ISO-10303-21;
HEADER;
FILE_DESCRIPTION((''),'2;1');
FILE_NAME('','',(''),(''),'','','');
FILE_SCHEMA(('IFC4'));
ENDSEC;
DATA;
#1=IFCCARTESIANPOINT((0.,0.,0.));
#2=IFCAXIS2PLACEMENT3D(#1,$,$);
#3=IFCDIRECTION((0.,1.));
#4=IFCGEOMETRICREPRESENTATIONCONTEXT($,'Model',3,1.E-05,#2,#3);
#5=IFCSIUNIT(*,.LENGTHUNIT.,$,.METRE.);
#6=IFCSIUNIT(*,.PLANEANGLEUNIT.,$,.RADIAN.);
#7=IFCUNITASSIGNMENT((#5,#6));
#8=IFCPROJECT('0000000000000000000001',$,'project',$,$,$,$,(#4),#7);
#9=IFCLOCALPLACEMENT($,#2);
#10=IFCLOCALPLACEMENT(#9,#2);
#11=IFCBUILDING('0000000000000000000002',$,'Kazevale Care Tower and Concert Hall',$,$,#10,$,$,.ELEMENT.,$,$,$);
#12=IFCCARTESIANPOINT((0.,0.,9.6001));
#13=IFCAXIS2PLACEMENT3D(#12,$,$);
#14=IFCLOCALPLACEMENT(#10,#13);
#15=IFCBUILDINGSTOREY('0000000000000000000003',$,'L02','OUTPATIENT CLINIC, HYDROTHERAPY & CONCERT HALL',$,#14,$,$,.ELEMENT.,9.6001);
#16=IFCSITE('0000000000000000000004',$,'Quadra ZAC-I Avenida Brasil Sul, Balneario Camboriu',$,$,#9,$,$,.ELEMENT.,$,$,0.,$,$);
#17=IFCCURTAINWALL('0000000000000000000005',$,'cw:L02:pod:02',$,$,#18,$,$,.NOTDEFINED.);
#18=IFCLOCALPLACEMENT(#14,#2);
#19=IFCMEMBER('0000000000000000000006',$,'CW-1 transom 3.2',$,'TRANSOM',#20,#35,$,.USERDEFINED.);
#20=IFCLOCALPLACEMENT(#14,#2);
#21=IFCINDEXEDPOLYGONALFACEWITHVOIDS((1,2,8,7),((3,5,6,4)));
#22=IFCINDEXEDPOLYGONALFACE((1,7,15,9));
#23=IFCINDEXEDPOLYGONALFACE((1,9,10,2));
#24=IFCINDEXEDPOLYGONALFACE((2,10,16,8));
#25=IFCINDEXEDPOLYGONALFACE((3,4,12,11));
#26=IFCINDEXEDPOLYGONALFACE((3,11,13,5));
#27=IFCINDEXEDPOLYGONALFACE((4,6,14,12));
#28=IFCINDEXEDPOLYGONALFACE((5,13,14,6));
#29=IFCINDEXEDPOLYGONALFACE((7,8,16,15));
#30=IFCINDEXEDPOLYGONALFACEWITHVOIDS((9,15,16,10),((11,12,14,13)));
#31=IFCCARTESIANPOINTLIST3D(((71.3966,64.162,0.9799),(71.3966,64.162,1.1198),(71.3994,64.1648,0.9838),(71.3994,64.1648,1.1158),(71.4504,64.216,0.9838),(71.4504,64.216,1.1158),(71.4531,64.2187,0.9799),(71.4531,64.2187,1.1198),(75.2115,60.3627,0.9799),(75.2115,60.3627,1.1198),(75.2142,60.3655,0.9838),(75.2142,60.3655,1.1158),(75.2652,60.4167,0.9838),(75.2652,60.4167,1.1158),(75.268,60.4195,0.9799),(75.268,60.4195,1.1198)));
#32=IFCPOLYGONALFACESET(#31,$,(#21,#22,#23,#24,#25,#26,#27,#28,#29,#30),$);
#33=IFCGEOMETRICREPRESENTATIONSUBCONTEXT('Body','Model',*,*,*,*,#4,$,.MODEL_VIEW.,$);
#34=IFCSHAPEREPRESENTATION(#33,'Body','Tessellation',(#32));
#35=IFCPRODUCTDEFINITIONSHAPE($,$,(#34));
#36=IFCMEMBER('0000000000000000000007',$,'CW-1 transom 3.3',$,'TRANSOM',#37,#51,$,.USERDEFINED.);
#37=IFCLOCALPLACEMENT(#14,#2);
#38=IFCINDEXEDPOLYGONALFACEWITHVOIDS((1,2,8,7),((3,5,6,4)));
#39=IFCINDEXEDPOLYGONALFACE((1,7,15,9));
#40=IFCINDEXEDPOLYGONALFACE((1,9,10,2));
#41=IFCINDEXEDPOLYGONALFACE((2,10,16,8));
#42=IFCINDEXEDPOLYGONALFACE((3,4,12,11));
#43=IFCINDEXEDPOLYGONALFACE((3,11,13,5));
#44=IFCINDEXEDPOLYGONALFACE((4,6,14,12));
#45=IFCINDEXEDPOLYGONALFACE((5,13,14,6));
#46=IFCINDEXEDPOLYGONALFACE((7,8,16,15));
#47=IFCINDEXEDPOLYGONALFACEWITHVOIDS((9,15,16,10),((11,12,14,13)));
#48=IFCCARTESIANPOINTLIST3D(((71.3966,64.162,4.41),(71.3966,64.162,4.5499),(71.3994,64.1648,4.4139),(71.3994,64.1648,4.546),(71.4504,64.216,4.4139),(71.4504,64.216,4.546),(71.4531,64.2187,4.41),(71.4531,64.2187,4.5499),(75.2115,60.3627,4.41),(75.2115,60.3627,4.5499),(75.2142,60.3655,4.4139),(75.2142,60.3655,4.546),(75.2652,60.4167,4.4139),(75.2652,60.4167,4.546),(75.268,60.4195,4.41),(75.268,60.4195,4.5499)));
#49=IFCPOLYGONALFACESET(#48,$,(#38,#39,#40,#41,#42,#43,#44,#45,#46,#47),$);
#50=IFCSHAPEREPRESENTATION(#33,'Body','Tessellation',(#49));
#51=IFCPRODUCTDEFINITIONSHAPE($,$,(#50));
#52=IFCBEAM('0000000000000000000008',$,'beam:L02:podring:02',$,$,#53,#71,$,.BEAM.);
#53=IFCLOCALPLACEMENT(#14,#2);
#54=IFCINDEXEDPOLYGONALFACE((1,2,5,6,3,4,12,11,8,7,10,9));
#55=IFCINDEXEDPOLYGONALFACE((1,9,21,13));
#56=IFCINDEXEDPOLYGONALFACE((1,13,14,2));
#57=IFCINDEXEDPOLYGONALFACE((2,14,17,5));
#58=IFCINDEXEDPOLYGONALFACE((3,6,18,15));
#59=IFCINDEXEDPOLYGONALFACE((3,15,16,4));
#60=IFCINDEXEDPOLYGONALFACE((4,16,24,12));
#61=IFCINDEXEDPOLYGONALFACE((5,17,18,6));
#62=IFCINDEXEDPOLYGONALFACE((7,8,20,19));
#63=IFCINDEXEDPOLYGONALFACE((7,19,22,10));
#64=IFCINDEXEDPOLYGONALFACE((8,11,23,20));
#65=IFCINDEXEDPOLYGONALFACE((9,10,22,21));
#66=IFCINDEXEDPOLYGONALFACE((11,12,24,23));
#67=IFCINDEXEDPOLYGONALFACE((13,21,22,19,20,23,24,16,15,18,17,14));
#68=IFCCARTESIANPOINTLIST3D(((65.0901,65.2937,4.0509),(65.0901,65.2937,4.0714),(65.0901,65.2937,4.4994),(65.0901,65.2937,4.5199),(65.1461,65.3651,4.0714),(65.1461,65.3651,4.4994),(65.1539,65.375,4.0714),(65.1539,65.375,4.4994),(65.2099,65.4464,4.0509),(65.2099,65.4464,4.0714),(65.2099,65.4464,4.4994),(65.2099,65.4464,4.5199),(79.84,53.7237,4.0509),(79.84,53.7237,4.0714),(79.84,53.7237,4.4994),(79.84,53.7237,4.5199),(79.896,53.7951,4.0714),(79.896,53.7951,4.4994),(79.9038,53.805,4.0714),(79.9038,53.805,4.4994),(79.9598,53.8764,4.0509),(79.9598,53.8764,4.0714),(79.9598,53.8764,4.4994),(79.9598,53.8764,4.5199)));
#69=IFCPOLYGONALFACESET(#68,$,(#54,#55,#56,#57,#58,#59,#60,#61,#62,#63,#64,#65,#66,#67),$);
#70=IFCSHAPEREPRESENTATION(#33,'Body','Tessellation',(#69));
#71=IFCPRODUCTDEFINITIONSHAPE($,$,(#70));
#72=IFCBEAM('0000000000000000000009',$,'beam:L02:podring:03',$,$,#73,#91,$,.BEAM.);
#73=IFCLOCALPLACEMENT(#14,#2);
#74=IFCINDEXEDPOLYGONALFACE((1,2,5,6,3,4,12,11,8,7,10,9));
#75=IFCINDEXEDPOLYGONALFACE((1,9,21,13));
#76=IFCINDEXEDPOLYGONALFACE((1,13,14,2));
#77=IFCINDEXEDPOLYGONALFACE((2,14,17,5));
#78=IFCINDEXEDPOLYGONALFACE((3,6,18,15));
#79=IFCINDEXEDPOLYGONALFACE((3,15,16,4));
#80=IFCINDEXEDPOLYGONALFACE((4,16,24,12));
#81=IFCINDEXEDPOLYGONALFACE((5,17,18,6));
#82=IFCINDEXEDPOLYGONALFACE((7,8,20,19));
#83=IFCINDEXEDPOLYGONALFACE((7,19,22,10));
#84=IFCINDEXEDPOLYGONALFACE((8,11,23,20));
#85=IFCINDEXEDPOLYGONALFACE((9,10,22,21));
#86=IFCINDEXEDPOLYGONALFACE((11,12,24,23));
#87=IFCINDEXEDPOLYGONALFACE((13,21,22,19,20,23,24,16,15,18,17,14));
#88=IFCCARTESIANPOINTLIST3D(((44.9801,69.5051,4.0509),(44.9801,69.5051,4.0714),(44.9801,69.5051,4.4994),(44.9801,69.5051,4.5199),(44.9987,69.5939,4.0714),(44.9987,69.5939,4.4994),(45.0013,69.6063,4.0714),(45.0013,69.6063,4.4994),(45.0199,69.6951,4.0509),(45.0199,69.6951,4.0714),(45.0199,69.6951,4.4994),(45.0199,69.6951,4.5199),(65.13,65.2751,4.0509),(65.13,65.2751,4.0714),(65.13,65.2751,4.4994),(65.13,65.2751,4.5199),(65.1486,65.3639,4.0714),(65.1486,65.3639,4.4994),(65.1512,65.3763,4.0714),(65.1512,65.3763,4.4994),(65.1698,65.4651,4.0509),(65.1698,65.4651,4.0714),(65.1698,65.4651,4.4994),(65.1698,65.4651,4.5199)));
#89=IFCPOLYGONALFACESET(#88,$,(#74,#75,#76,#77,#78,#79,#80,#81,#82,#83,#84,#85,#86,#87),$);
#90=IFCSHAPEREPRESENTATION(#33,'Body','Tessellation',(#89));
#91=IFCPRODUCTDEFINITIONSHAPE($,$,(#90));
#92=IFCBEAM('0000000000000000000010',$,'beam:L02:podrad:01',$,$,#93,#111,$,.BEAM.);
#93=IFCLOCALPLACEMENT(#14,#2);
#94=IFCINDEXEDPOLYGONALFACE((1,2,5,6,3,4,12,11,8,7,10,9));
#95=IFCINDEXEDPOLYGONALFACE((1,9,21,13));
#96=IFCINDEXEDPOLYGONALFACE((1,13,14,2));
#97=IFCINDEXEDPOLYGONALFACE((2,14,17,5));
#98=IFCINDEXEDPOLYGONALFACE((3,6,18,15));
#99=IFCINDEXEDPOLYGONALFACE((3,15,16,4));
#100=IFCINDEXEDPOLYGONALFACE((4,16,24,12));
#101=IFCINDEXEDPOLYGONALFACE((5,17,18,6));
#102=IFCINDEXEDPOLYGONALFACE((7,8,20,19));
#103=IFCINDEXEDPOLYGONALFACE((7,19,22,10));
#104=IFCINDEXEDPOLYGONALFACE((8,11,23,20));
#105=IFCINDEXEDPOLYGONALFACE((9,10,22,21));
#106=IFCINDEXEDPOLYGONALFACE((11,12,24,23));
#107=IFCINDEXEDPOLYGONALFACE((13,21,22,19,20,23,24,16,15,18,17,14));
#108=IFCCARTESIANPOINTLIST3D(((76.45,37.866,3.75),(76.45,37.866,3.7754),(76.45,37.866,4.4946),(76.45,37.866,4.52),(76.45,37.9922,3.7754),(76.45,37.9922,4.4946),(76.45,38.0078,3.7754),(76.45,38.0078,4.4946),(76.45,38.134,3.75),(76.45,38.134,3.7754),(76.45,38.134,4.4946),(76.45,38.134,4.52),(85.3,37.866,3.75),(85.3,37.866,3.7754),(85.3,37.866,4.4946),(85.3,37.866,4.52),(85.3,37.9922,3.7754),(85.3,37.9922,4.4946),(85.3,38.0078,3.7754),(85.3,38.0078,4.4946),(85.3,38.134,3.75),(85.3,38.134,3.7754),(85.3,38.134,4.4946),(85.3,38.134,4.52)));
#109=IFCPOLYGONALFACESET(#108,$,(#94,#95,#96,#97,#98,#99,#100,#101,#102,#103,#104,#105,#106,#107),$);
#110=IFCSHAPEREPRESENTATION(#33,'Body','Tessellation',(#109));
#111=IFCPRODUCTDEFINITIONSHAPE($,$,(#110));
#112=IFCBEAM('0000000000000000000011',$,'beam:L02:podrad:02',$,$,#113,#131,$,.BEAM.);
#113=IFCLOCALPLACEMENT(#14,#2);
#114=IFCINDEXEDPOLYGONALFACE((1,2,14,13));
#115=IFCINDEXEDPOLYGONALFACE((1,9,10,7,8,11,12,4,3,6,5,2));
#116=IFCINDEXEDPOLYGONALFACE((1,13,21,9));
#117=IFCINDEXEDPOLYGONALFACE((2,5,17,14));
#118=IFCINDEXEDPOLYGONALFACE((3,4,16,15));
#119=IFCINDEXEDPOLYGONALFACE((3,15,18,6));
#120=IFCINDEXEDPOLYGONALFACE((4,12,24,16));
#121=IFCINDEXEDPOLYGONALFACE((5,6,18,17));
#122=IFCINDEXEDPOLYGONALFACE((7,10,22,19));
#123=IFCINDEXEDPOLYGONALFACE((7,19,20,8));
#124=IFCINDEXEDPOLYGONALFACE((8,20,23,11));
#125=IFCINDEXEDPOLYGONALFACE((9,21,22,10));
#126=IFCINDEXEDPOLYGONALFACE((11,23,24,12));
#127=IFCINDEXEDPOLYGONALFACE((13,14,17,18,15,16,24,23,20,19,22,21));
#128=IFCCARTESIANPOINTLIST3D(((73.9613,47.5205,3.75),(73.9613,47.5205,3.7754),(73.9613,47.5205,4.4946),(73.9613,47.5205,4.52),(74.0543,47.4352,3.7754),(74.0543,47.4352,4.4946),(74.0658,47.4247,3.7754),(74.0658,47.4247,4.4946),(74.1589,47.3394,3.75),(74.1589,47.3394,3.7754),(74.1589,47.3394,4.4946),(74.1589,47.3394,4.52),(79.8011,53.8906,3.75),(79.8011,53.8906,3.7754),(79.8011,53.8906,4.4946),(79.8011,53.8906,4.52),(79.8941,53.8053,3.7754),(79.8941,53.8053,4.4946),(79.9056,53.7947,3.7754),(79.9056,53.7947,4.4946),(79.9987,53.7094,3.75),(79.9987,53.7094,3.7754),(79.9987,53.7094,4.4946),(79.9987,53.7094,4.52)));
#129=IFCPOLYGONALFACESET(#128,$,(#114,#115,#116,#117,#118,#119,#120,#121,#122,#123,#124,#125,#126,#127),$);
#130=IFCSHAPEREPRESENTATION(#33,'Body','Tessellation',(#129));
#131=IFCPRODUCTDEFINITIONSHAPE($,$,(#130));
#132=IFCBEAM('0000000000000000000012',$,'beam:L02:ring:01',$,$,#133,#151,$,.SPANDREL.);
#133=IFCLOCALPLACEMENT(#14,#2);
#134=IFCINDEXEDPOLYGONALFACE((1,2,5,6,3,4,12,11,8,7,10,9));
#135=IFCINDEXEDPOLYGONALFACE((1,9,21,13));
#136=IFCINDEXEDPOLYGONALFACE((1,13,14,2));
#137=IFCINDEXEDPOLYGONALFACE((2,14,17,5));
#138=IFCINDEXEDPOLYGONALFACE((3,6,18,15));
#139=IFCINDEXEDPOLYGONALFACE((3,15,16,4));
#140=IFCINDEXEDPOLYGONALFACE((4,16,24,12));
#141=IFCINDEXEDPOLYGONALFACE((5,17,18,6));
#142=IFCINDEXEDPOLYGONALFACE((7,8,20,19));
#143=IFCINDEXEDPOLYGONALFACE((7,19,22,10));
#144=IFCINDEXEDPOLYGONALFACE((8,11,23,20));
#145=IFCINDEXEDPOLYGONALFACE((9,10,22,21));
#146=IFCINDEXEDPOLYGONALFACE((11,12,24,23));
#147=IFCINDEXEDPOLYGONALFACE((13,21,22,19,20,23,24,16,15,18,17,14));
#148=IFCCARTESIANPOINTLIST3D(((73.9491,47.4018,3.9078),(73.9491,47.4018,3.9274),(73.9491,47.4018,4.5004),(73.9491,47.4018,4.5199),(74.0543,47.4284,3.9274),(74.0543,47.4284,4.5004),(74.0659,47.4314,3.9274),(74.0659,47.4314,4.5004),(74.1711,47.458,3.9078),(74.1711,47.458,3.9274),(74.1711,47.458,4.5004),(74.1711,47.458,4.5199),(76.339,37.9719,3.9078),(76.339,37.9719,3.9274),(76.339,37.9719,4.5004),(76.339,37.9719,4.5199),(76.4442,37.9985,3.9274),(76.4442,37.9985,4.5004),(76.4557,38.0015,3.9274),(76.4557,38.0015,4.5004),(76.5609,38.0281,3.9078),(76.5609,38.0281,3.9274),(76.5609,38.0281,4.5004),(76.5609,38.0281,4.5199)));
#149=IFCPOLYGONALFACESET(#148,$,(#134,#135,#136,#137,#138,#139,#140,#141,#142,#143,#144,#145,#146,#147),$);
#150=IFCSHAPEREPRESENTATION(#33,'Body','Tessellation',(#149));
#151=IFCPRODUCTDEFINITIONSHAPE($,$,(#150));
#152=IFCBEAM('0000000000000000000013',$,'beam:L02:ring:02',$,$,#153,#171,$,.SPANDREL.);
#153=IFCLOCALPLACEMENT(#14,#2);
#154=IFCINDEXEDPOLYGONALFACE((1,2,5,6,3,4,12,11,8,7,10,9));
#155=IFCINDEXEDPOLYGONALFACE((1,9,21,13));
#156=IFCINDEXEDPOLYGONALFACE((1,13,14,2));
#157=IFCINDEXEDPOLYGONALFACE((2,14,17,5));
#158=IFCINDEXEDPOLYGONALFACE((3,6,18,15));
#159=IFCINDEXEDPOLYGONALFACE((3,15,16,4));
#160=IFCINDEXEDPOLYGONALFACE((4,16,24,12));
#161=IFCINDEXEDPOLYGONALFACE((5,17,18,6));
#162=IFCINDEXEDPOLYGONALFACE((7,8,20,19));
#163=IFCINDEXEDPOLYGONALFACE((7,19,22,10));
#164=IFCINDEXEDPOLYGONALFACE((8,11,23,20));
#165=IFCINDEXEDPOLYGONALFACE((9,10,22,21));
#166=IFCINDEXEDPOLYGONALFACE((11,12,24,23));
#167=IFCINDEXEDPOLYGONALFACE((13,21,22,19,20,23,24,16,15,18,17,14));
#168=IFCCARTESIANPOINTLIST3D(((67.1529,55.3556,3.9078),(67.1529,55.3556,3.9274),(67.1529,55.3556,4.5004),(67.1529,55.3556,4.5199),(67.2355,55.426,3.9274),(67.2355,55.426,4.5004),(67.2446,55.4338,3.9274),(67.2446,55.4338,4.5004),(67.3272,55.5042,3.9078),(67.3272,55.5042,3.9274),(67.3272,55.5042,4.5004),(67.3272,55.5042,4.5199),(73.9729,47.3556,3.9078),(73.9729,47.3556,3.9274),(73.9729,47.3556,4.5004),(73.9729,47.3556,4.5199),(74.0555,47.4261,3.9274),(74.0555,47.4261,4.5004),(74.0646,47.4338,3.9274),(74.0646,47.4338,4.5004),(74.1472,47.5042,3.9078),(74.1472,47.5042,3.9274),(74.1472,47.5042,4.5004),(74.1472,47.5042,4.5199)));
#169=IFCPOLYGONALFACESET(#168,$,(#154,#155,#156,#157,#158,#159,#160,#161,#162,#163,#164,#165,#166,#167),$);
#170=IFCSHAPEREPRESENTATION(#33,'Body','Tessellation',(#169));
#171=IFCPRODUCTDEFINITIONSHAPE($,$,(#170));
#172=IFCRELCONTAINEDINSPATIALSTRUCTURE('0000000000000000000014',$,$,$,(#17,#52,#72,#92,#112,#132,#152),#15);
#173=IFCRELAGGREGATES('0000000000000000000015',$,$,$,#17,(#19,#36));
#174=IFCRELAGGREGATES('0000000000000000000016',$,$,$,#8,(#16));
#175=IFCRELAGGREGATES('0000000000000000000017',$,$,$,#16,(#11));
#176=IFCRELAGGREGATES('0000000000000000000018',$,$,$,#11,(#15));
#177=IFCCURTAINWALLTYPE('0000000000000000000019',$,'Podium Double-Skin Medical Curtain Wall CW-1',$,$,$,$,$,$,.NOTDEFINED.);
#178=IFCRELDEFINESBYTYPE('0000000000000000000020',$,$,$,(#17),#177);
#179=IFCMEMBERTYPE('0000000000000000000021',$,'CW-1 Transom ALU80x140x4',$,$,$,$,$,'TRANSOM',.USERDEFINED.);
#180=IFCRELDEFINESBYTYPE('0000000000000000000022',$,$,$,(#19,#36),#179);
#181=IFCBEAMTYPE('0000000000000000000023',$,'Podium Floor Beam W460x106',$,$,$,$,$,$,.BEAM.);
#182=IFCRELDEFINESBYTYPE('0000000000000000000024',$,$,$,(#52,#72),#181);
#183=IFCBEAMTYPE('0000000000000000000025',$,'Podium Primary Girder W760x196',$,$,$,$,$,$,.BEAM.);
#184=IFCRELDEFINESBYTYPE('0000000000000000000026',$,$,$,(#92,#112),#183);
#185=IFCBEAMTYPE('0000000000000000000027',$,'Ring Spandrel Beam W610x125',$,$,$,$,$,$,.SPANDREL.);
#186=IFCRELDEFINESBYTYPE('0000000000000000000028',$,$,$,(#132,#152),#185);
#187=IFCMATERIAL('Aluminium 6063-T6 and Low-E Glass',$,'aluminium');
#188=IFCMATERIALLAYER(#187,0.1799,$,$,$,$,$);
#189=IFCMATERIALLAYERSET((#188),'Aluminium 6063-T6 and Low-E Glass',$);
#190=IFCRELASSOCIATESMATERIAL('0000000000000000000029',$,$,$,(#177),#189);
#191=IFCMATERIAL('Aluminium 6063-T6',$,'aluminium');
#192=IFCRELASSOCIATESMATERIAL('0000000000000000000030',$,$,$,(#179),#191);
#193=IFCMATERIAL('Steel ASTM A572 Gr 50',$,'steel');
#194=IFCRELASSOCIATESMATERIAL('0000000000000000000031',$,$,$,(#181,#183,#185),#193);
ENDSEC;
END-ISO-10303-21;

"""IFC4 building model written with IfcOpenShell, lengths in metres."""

from ifc_helpers import new_model, si_unit, direction, frame, origin, origin_2d, place, context, subcontext, project, spatial, hollow_rectangle, i_section, extrude, material, layer, layer_set, material_profile, profile_set, type_object, element, aggregate, save


model = new_model("IFC4")

# Units and contexts
model_context = context("Model", 3, precision=1e-05, world=origin(), true_north=direction((0.0, 1.0)))
body_context = subcontext(model_context, "Body", "Model", "MODEL_VIEW")
ifc_project = project(units=[si_unit("LENGTHUNIT", "METRE"), si_unit("PLANEANGLEUNIT", "RADIAN")], contexts=[model_context])

# Site, building, storey
site_placement = place(None, origin())
site = spatial("IfcSite", under=ifc_project, at=site_placement, Name="Quadra ZAC-I Avenida Brasil Sul, Balneario Camboriu", CompositionType="ELEMENT", RefElevation=0.0)
building_placement = place(site_placement, origin())
building = spatial("IfcBuilding", under=site, at=building_placement, Name="Kazevale Care Tower and Concert Hall", CompositionType="ELEMENT")
storey_placement = place(building_placement, frame((0.0, 0.0, 9.6001)))
storey = spatial("IfcBuildingStorey", under=building, at=storey_placement, Name="L02", Description="OUTPATIENT CLINIC, HYDROTHERAPY & CONCERT HALL", CompositionType="ELEMENT", Elevation=9.6001)

# Curtain wall, members
ifc_material_1 = material(Name="Aluminium 6063-T6 and Low-E Glass", Category="aluminium")
ifc_layer_1 = layer(ifc_material_1, 0.1799)
ifc_layer_set_1 = layer_set([ifc_layer_1], Name="Aluminium 6063-T6 and Low-E Glass")
curtain_wall_type = type_object("IfcCurtainWallType", Name="Podium Double-Skin Medical Curtain Wall CW-1", PredefinedType="NOTDEFINED", material=ifc_layer_set_1)
curtain_wall_placement = place(storey_placement, origin())
curtain_wall = element("IfcCurtainWall", 1, at=curtain_wall_placement, inside=storey, type_object=curtain_wall_type, Name="cw:L02:pod:02", PredefinedType="NOTDEFINED")
ifc_material_2 = material(Name="Aluminium 6063-T6", Category="aluminium")
ifc_material_profile_1 = material_profile(ifc_material_2, hollow_rectangle(XDim=0.0801, YDim=0.1399, WallThickness=0.0039, at=origin_2d()), Name="ALU80x140x4")
ifc_profile_set_1 = profile_set([ifc_material_profile_1], Name="Aluminium 6063-T6")
member_type_1 = type_object("IfcMemberType", Name="CW-1 Transom ALU80x140x4", ElementType="TRANSOM", PredefinedType="USERDEFINED", material=ifc_profile_set_1)
member_1_placement = place(storey_placement, frame((75.2397, 60.3911, 1.0498), z_axis=(-0.708556, 0.705654, 0.0), x_axis=(-0.705654, -0.708556, 0.0)))
member_1 = element("IfcMember", 2, at=member_1_placement, type_object=member_type_1, Name="CW-1 transom 3.2", ObjectType="TRANSOM", PredefinedType="USERDEFINED", context=body_context, shape_type="SweptSolid", body=[
    extrude(hollow_rectangle(XDim=0.0801, YDim=0.1399, WallThickness=0.0039, at=origin_2d()), origin(), (0.0, 0.0, 1.0), 5.384),
])
member_2_placement = place(storey_placement, frame((75.2397, 60.3911, 4.48), z_axis=(-0.708556, 0.705654, 0.0), x_axis=(-0.705654, -0.708556, 0.0)))
member_2 = element("IfcMember", 3, at=member_2_placement, type_object=member_type_1, Name="CW-1 transom 3.3", ObjectType="TRANSOM", PredefinedType="USERDEFINED", context=body_context, shape_type="SweptSolid", body=[
    extrude(hollow_rectangle(XDim=0.0801, YDim=0.1399, WallThickness=0.0039, at=origin_2d()), origin(), (0.0, 0.0, 1.0), 5.384),
])

# Beams
ifc_material_3 = material(Name="Steel ASTM A572 Gr 50", Category="steel")
ifc_material_profile_2 = material_profile(ifc_material_3, i_section(OverallWidth=0.1941, OverallDepth=0.469, WebThickness=0.0127, FlangeThickness=0.0205, at=origin_2d()), Name="W460x106")
ifc_profile_set_2 = profile_set([ifc_material_profile_2], Name="Steel ASTM A572 Gr 50")
beam_type_1 = type_object("IfcBeamType", Name="Podium Floor Beam W460x106", PredefinedType="BEAM", material=ifc_profile_set_2)
beam_1_placement = place(storey_placement, frame((79.8999, 53.8, 4.2854), z_axis=(-0.786816, 0.617188, 0.0), x_axis=(-0.617188, -0.786816, 0.0)))
element("IfcBeam", 4, at=beam_1_placement, inside=storey, type_object=beam_type_1, Name="beam:L02:podring:02", PredefinedType="BEAM", context=body_context, shape_type="SweptSolid", body=[
    extrude(i_section(OverallWidth=0.1941, OverallDepth=0.469, WebThickness=0.0127, FlangeThickness=0.0205, at=origin_2d()), origin(), (0.0, 0.0, 1.0), 18.7463),
])
beam_2_placement = place(storey_placement, frame((65.1499, 65.3701, 4.2854), z_axis=(-0.978668, 0.205448, 0.0), x_axis=(-0.205448, -0.978668, 0.0)))
element("IfcBeam", 5, at=beam_2_placement, inside=storey, type_object=beam_type_1, Name="beam:L02:podring:03", PredefinedType="BEAM", context=body_context, shape_type="SweptSolid", body=[
    extrude(i_section(OverallWidth=0.1941, OverallDepth=0.469, WebThickness=0.0127, FlangeThickness=0.0205, at=origin_2d()), origin(), (0.0, 0.0, 1.0), 20.5891),
])
ifc_material_profile_3 = material_profile(ifc_material_3, i_section(OverallWidth=0.2681, OverallDepth=0.77, WebThickness=0.0156, FlangeThickness=0.0254, at=origin_2d()), Name="W760x196")
ifc_profile_set_3 = profile_set([ifc_material_profile_3], Name="Steel ASTM A572 Gr 50")
beam_type_2 = type_object("IfcBeamType", Name="Podium Primary Girder W760x196", PredefinedType="BEAM", material=ifc_profile_set_3)
beam_3_placement = place(storey_placement, frame((76.45, 38.0, 4.135), z_axis=(1.0, 0.0, 0.0), x_axis=(0.0, 1.0, 0.0)))
element("IfcBeam", 6, at=beam_3_placement, inside=storey, type_object=beam_type_2, Name="beam:L02:podrad:01", PredefinedType="BEAM", context=body_context, shape_type="SweptSolid", body=[
    extrude(i_section(OverallWidth=0.2681, OverallDepth=0.77, WebThickness=0.0156, FlangeThickness=0.0254, at=origin_2d()), origin(), (0.0, 0.0, 1.0), 8.8501),
])
beam_4_placement = place(storey_placement, frame((74.0601, 47.4299, 4.135), z_axis=(0.67576, 0.737121, 0.0), x_axis=(-0.737121, 0.67576, 0.0)))
element("IfcBeam", 7, at=beam_4_placement, inside=storey, type_object=beam_type_2, Name="beam:L02:podrad:02", PredefinedType="BEAM", context=body_context, shape_type="SweptSolid", body=[
    extrude(i_section(OverallWidth=0.2681, OverallDepth=0.77, WebThickness=0.0156, FlangeThickness=0.0254, at=origin_2d()), origin(), (0.0, 0.0, 1.0), 8.6418),
])
ifc_material_profile_4 = material_profile(ifc_material_3, i_section(OverallWidth=0.229, OverallDepth=0.6121, WebThickness=0.012, FlangeThickness=0.0195, at=origin_2d()), Name="W610x125")
ifc_profile_set_4 = profile_set([ifc_material_profile_4], Name="Steel ASTM A572 Gr 50")
beam_type_3 = type_object("IfcBeamType", Name="Ring Spandrel Beam W610x125", PredefinedType="SPANDREL", material=ifc_profile_set_4)
beam_5_placement = place(storey_placement, frame((76.45, 38.0, 4.2139), z_axis=(-0.24567, 0.969354, 0.0), x_axis=(-0.969354, -0.24567, 0.0)))
element("IfcBeam", 8, at=beam_5_placement, inside=storey, type_object=beam_type_3, Name="beam:L02:ring:01", PredefinedType="SPANDREL", context=body_context, shape_type="SweptSolid", body=[
    extrude(i_section(OverallWidth=0.229, OverallDepth=0.6121, WebThickness=0.012, FlangeThickness=0.0195, at=origin_2d()), origin(), (0.0, 0.0, 1.0), 9.728),
])
beam_6_placement = place(storey_placement, frame((74.0601, 47.4299, 4.2139), z_axis=(-0.648756, 0.760996, 0.0), x_axis=(-0.760996, -0.648756, 0.0)))
element("IfcBeam", 9, at=beam_6_placement, inside=storey, type_object=beam_type_3, Name="beam:L02:ring:02", PredefinedType="SPANDREL", context=body_context, shape_type="SweptSolid", body=[
    extrude(i_section(OverallWidth=0.229, OverallDepth=0.6121, WebThickness=0.012, FlangeThickness=0.0195, at=origin_2d()), origin(), (0.0, 0.0, 1.0), 10.5125),
])

aggregate(curtain_wall, [member_1, member_2])

save(model, "model.ifc")
